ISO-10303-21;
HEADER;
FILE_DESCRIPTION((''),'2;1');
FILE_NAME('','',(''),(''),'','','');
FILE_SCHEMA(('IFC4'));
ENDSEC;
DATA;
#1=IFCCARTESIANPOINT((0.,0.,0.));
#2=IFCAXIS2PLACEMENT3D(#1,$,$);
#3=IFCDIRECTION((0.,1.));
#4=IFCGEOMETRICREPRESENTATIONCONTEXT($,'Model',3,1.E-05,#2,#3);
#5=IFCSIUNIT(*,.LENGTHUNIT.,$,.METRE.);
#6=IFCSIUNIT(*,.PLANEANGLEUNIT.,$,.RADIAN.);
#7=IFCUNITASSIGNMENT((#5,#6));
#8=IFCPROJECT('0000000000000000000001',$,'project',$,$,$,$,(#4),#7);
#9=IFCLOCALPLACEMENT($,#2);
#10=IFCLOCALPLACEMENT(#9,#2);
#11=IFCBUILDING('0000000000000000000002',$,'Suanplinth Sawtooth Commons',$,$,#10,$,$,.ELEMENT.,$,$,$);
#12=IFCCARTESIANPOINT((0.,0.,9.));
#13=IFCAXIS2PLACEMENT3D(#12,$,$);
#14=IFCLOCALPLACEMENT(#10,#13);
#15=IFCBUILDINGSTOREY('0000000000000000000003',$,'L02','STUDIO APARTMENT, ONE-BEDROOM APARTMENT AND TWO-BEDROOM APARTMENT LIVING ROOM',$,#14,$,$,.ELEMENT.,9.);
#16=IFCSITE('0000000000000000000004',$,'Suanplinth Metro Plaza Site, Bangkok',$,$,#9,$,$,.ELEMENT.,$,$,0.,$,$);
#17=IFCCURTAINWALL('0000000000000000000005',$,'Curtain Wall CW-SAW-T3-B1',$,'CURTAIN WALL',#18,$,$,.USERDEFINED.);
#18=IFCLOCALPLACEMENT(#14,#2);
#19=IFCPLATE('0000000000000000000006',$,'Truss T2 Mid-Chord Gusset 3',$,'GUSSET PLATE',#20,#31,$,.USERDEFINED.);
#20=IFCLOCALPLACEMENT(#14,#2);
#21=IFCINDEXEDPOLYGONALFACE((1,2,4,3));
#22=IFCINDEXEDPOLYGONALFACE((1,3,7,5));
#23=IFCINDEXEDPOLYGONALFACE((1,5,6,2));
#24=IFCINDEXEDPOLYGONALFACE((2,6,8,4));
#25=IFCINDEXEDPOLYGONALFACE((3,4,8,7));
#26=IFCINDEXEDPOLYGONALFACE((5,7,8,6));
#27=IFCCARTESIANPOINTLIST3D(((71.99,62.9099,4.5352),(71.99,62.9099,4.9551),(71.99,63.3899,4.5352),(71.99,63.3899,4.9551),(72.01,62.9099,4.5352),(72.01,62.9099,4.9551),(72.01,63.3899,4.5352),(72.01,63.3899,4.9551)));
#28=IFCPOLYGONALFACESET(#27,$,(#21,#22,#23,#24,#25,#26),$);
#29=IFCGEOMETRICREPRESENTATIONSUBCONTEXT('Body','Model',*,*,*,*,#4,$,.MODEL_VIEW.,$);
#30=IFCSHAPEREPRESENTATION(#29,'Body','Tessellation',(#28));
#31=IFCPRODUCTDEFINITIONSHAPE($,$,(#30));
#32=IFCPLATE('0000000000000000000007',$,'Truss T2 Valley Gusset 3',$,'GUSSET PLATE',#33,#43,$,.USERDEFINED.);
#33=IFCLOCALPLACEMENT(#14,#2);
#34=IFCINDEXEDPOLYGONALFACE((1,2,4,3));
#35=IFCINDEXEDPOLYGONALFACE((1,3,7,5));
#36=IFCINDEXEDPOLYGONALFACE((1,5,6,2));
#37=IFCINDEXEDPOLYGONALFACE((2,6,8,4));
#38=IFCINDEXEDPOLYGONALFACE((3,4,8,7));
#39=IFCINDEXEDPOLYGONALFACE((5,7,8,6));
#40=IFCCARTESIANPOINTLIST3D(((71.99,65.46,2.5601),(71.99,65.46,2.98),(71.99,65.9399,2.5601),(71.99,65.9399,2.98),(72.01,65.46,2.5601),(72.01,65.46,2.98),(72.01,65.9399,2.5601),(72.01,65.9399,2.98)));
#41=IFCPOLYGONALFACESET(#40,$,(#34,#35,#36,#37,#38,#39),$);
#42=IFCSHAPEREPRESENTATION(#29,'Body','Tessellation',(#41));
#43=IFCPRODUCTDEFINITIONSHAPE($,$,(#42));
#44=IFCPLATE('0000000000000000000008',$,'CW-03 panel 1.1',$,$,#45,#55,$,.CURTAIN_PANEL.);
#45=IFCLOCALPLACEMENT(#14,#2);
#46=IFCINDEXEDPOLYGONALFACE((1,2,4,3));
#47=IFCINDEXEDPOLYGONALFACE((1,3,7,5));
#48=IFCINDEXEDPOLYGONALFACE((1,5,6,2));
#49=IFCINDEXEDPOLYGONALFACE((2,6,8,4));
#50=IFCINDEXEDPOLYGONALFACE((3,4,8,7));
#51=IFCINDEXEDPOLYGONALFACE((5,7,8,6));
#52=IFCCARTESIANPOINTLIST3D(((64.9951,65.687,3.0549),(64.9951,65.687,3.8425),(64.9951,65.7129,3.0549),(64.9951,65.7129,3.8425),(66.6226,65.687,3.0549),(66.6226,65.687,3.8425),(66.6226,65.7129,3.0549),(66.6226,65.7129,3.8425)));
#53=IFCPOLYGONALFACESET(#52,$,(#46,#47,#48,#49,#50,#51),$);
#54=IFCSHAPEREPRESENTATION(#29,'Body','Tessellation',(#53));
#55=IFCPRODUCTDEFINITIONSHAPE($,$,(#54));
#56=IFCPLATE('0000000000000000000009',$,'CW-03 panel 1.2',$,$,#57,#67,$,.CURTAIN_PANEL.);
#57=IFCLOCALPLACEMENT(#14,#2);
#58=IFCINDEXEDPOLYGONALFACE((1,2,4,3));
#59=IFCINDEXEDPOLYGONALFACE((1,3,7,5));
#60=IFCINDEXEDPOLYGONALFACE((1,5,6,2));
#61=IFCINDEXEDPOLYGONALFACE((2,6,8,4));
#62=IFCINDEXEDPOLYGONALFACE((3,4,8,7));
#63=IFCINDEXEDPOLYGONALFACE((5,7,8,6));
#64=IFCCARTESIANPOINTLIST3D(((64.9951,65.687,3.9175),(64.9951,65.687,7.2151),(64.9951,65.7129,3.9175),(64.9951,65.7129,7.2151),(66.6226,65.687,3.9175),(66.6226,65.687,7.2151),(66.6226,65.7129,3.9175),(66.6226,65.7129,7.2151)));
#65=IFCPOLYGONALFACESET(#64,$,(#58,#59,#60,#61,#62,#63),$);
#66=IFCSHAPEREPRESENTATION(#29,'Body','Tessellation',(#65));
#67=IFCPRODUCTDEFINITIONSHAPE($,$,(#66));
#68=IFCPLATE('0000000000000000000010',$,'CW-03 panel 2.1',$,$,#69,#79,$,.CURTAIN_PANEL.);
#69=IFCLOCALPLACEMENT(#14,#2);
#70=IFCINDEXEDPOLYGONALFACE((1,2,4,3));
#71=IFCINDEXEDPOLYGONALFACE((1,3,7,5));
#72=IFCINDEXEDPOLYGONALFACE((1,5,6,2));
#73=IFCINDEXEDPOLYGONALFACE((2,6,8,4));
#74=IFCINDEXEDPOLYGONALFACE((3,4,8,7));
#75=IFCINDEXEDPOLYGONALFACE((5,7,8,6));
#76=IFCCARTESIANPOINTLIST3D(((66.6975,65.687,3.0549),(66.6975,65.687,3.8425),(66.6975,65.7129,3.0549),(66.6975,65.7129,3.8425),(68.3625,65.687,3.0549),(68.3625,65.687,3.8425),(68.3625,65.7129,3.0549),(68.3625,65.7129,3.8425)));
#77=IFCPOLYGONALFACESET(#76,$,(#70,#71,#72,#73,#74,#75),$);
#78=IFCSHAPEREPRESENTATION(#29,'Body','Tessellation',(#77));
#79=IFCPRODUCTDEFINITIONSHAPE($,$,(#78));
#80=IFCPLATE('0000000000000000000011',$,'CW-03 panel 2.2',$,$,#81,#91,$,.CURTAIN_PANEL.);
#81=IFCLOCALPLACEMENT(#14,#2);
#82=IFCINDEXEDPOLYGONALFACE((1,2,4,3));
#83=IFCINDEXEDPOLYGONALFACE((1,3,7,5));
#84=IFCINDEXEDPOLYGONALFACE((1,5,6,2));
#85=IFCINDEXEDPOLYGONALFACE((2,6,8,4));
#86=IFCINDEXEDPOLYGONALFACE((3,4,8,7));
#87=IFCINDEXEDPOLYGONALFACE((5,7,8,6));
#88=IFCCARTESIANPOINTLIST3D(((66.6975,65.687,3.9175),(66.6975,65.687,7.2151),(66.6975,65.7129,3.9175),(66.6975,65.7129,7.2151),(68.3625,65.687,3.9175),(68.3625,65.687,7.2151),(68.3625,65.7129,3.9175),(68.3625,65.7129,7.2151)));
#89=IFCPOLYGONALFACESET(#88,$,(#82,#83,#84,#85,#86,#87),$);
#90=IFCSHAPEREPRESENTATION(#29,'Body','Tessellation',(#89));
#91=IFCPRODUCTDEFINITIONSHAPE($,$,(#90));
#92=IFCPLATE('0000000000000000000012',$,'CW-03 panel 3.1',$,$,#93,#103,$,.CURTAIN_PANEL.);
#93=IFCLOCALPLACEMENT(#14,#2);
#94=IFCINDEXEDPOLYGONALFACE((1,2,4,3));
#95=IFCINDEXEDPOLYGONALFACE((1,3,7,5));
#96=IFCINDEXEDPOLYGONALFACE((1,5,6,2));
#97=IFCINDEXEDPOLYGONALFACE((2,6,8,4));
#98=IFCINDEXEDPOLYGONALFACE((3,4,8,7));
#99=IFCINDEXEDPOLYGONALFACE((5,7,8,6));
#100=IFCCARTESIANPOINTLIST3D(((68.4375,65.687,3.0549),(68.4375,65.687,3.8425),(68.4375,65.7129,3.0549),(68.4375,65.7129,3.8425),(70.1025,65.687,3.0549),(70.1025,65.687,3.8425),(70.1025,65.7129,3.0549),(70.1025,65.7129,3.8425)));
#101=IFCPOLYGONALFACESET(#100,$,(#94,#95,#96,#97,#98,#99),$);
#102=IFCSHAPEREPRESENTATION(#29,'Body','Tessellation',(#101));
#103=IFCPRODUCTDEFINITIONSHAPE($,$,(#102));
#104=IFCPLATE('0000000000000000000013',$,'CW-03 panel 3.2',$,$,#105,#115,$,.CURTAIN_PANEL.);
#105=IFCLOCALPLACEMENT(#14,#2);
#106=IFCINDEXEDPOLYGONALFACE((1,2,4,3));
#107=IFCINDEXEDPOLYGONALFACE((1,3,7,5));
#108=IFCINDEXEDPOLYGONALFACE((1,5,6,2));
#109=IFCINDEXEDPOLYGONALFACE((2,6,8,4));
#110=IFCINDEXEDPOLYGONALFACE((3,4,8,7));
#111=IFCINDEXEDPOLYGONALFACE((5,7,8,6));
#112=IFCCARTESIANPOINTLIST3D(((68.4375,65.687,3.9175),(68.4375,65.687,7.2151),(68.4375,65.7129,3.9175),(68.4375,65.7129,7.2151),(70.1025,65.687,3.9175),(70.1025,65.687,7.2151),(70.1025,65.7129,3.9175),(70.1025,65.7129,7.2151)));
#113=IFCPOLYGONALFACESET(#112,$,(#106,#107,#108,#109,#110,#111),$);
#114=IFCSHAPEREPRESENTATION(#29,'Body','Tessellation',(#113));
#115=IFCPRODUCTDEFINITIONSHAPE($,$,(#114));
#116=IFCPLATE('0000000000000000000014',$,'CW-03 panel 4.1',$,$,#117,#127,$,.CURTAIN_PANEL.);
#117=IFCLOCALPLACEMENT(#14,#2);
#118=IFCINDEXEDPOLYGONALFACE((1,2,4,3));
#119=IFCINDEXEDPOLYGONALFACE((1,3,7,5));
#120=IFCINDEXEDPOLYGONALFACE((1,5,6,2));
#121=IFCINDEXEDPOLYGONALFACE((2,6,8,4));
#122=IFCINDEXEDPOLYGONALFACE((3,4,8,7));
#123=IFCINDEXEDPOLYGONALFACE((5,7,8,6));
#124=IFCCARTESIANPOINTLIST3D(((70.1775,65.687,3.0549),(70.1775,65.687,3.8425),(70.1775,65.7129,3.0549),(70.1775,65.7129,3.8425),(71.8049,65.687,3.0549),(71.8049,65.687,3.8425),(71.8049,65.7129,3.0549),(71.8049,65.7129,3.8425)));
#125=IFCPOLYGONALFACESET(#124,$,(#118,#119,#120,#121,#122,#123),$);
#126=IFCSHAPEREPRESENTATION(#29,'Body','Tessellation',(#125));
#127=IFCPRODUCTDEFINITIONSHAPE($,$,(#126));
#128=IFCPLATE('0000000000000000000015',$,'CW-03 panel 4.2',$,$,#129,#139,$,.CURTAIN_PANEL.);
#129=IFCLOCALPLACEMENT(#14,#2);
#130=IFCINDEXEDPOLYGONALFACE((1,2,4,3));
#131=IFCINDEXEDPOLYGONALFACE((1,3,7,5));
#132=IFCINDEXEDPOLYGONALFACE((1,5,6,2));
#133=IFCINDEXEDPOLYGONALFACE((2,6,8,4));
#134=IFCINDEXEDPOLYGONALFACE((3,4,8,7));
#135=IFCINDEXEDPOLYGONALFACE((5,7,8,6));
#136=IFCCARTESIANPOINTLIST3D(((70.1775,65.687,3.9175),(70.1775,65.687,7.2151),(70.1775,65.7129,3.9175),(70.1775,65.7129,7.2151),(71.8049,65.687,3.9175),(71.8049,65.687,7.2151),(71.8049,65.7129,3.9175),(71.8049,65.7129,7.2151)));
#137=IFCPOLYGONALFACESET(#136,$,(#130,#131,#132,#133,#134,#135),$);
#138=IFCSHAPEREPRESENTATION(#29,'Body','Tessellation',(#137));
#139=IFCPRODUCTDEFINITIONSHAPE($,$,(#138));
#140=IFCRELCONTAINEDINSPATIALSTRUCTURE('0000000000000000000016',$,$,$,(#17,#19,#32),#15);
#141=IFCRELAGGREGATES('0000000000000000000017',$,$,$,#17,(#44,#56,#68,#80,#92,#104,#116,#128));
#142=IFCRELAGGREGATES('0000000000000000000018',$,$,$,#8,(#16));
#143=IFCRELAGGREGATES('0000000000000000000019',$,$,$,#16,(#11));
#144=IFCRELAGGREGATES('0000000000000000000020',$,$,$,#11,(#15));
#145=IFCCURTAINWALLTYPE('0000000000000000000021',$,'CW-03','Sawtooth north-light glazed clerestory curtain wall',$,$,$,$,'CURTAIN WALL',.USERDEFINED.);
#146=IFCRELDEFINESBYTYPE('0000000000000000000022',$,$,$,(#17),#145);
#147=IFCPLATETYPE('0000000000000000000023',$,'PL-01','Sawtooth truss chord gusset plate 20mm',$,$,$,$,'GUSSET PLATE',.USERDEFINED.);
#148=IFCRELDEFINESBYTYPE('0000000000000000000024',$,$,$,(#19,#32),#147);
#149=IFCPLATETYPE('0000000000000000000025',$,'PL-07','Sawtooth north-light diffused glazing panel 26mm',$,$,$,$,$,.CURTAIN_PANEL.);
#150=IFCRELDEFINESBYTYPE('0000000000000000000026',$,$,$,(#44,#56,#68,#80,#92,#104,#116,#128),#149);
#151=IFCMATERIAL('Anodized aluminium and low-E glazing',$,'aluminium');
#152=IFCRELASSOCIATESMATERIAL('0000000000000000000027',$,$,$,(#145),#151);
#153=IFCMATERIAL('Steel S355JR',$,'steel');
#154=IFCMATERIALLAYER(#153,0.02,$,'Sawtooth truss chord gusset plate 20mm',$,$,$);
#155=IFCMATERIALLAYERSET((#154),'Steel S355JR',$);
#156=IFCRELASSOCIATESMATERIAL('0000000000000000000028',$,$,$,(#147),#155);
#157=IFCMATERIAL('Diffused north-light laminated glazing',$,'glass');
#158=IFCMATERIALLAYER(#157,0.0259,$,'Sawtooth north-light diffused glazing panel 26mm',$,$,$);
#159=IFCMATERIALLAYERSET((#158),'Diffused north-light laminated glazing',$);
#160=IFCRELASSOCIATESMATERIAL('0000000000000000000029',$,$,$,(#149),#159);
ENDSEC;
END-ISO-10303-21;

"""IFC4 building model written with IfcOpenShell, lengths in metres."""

from ifc_helpers import new_model, si_unit, direction, frame, origin, origin_2d, place, context, subcontext, project, spatial, rectangle, extrude, material, layer, layer_set, type_object, element, aggregate, save


model = new_model("IFC4")

# Units and contexts
model_context = context("Model", 3, precision=1e-05, world=origin(), true_north=direction((0.0, 1.0)))
body_context = subcontext(model_context, "Body", "Model", "MODEL_VIEW")
ifc_project = project(units=[si_unit("LENGTHUNIT", "METRE"), si_unit("PLANEANGLEUNIT", "RADIAN")], contexts=[model_context])

# Site, building, storey
site_placement = place(None, origin())
site = spatial("IfcSite", under=ifc_project, at=site_placement, Name="Suanplinth Metro Plaza Site, Bangkok", CompositionType="ELEMENT", RefElevation=0.0)
building_placement = place(site_placement, origin())
building = spatial("IfcBuilding", under=site, at=building_placement, Name="Suanplinth Sawtooth Commons", CompositionType="ELEMENT")
storey_placement = place(building_placement, frame((0.0, 0.0, 9.0)))
storey = spatial("IfcBuildingStorey", under=building, at=storey_placement, Name="L02", Description="STUDIO APARTMENT, ONE-BEDROOM APARTMENT AND TWO-BEDROOM APARTMENT LIVING ROOM", CompositionType="ELEMENT", Elevation=9.0)

# Shared definitions
ifc_material_1 = material(Name="Steel S355JR", Category="steel")

# Curtain wall
ifc_material_2 = material(Name="Anodized aluminium and low-E glazing", Category="aluminium")
curtain_wall_type = type_object("IfcCurtainWallType", Name="CW-03", Description="Sawtooth north-light glazed clerestory curtain wall", ElementType="CURTAIN WALL", PredefinedType="USERDEFINED", material=ifc_material_2)
curtain_wall_placement = place(storey_placement, origin())
curtain_wall = element("IfcCurtainWall", 1, at=curtain_wall_placement, inside=storey, type_object=curtain_wall_type, Name="Curtain Wall CW-SAW-T3-B1", ObjectType="CURTAIN WALL", PredefinedType="USERDEFINED")

# Plates
ifc_layer_1 = layer(ifc_material_1, 0.02, Name="Sawtooth truss chord gusset plate 20mm")
ifc_layer_set_1 = layer_set([ifc_layer_1], Name="Steel S355JR")
plate_type_1 = type_object("IfcPlateType", Name="PL-01", Description="Sawtooth truss chord gusset plate 20mm", ElementType="GUSSET PLATE", PredefinedType="USERDEFINED", material=ifc_layer_set_1)
for number, where, z_axis, x_axis, name in (
    (2, (72.0, 63.1499, 4.5352), (0.0, 0.0, 1.0), (1.0, 0.0, 0.0), "Truss T2 Mid-Chord Gusset 3"),
    (3, (72.0, 65.7, 2.5601), (0.0, 0.0, 1.0), (1.0, 0.0, 0.0), "Truss T2 Valley Gusset 3"),
):
    element("IfcPlate", number, at=place(storey_placement, frame(where, z_axis=z_axis, x_axis=x_axis)), inside=storey, type_object=plate_type_1, Name=name, ObjectType="GUSSET PLATE", PredefinedType="USERDEFINED", context=body_context, shape_type="SweptSolid", body=[
        extrude(rectangle(XDim=0.02, YDim=0.48, at=origin_2d()), origin(), (0.0, 0.0, 1.0), 0.4199),
    ])

# Plates
ifc_material_3 = material(Name="Diffused north-light laminated glazing", Category="glass")
ifc_layer_2 = layer(ifc_material_3, 0.0259, Name="Sawtooth north-light diffused glazing panel 26mm")
ifc_layer_set_2 = layer_set([ifc_layer_2], Name="Diffused north-light laminated glazing")
plate_type_2 = type_object("IfcPlateType", Name="PL-07", Description="Sawtooth north-light diffused glazing panel 26mm", PredefinedType="CURTAIN_PANEL", material=ifc_layer_set_2)
plate_1_placement = place(storey_placement, frame((65.8088, 65.7, 3.0549), z_axis=(0.0, 0.0, 1.0), x_axis=(1.0, 0.0, 0.0)))
plate_1 = element("IfcPlate", 4, at=plate_1_placement, type_object=plate_type_2, Name="CW-03 panel 1.1", PredefinedType="CURTAIN_PANEL", context=body_context, shape_type="SweptSolid", body=[
    extrude(rectangle(XDim=1.6274, YDim=0.0259, at=origin_2d()), origin(), (0.0, 0.0, 1.0), 0.7876),
])
plate_2_placement = place(storey_placement, frame((65.8088, 65.7, 3.9175), z_axis=(0.0, 0.0, 1.0), x_axis=(1.0, 0.0, 0.0)))
plate_2 = element("IfcPlate", 5, at=plate_2_placement, type_object=plate_type_2, Name="CW-03 panel 1.2", PredefinedType="CURTAIN_PANEL", context=body_context, shape_type="SweptSolid", body=[
    extrude(rectangle(XDim=1.6274, YDim=0.0259, at=origin_2d()), origin(), (0.0, 0.0, 1.0), 3.2976),
])
plate_3_placement = place(storey_placement, frame((67.53, 65.7, 3.0549), z_axis=(0.0, 0.0, 1.0), x_axis=(1.0, 0.0, 0.0)))
plate_3 = element("IfcPlate", 6, at=plate_3_placement, type_object=plate_type_2, Name="CW-03 panel 2.1", PredefinedType="CURTAIN_PANEL", context=body_context, shape_type="SweptSolid", body=[
    extrude(rectangle(XDim=1.665, YDim=0.0259, at=origin_2d()), origin(), (0.0, 0.0, 1.0), 0.7876),
])
plate_4_placement = place(storey_placement, frame((67.53, 65.7, 3.9175), z_axis=(0.0, 0.0, 1.0), x_axis=(1.0, 0.0, 0.0)))
plate_4 = element("IfcPlate", 7, at=plate_4_placement, type_object=plate_type_2, Name="CW-03 panel 2.2", PredefinedType="CURTAIN_PANEL", context=body_context, shape_type="SweptSolid", body=[
    extrude(rectangle(XDim=1.665, YDim=0.0259, at=origin_2d()), origin(), (0.0, 0.0, 1.0), 3.2976),
])
plate_5_placement = place(storey_placement, frame((69.27, 65.7, 3.0549), z_axis=(0.0, 0.0, 1.0), x_axis=(1.0, 0.0, 0.0)))
plate_5 = element("IfcPlate", 8, at=plate_5_placement, type_object=plate_type_2, Name="CW-03 panel 3.1", PredefinedType="CURTAIN_PANEL", context=body_context, shape_type="SweptSolid", body=[
    extrude(rectangle(XDim=1.665, YDim=0.0259, at=origin_2d()), origin(), (0.0, 0.0, 1.0), 0.7876),
])
plate_6_placement = place(storey_placement, frame((69.27, 65.7, 3.9175), z_axis=(0.0, 0.0, 1.0), x_axis=(1.0, 0.0, 0.0)))
plate_6 = element("IfcPlate", 9, at=plate_6_placement, type_object=plate_type_2, Name="CW-03 panel 3.2", PredefinedType="CURTAIN_PANEL", context=body_context, shape_type="SweptSolid", body=[
    extrude(rectangle(XDim=1.665, YDim=0.0259, at=origin_2d()), origin(), (0.0, 0.0, 1.0), 3.2976),
])
plate_7_placement = place(storey_placement, frame((70.9912, 65.7, 3.0549), z_axis=(0.0, 0.0, 1.0), x_axis=(1.0, 0.0, 0.0)))
plate_7 = element("IfcPlate", 10, at=plate_7_placement, type_object=plate_type_2, Name="CW-03 panel 4.1", PredefinedType="CURTAIN_PANEL", context=body_context, shape_type="SweptSolid", body=[
    extrude(rectangle(XDim=1.6274, YDim=0.0259, at=origin_2d()), origin(), (0.0, 0.0, 1.0), 0.7876),
])
plate_8_placement = place(storey_placement, frame((70.9912, 65.7, 3.9175), z_axis=(0.0, 0.0, 1.0), x_axis=(1.0, 0.0, 0.0)))
plate_8 = element("IfcPlate", 11, at=plate_8_placement, type_object=plate_type_2, Name="CW-03 panel 4.2", PredefinedType="CURTAIN_PANEL", context=body_context, shape_type="SweptSolid", body=[
    extrude(rectangle(XDim=1.6274, YDim=0.0259, at=origin_2d()), origin(), (0.0, 0.0, 1.0), 3.2976),
])
aggregate(curtain_wall, [plate_1, plate_2, plate_3, plate_4, plate_5, plate_6, plate_7, plate_8])

save(model, "model.ifc")
